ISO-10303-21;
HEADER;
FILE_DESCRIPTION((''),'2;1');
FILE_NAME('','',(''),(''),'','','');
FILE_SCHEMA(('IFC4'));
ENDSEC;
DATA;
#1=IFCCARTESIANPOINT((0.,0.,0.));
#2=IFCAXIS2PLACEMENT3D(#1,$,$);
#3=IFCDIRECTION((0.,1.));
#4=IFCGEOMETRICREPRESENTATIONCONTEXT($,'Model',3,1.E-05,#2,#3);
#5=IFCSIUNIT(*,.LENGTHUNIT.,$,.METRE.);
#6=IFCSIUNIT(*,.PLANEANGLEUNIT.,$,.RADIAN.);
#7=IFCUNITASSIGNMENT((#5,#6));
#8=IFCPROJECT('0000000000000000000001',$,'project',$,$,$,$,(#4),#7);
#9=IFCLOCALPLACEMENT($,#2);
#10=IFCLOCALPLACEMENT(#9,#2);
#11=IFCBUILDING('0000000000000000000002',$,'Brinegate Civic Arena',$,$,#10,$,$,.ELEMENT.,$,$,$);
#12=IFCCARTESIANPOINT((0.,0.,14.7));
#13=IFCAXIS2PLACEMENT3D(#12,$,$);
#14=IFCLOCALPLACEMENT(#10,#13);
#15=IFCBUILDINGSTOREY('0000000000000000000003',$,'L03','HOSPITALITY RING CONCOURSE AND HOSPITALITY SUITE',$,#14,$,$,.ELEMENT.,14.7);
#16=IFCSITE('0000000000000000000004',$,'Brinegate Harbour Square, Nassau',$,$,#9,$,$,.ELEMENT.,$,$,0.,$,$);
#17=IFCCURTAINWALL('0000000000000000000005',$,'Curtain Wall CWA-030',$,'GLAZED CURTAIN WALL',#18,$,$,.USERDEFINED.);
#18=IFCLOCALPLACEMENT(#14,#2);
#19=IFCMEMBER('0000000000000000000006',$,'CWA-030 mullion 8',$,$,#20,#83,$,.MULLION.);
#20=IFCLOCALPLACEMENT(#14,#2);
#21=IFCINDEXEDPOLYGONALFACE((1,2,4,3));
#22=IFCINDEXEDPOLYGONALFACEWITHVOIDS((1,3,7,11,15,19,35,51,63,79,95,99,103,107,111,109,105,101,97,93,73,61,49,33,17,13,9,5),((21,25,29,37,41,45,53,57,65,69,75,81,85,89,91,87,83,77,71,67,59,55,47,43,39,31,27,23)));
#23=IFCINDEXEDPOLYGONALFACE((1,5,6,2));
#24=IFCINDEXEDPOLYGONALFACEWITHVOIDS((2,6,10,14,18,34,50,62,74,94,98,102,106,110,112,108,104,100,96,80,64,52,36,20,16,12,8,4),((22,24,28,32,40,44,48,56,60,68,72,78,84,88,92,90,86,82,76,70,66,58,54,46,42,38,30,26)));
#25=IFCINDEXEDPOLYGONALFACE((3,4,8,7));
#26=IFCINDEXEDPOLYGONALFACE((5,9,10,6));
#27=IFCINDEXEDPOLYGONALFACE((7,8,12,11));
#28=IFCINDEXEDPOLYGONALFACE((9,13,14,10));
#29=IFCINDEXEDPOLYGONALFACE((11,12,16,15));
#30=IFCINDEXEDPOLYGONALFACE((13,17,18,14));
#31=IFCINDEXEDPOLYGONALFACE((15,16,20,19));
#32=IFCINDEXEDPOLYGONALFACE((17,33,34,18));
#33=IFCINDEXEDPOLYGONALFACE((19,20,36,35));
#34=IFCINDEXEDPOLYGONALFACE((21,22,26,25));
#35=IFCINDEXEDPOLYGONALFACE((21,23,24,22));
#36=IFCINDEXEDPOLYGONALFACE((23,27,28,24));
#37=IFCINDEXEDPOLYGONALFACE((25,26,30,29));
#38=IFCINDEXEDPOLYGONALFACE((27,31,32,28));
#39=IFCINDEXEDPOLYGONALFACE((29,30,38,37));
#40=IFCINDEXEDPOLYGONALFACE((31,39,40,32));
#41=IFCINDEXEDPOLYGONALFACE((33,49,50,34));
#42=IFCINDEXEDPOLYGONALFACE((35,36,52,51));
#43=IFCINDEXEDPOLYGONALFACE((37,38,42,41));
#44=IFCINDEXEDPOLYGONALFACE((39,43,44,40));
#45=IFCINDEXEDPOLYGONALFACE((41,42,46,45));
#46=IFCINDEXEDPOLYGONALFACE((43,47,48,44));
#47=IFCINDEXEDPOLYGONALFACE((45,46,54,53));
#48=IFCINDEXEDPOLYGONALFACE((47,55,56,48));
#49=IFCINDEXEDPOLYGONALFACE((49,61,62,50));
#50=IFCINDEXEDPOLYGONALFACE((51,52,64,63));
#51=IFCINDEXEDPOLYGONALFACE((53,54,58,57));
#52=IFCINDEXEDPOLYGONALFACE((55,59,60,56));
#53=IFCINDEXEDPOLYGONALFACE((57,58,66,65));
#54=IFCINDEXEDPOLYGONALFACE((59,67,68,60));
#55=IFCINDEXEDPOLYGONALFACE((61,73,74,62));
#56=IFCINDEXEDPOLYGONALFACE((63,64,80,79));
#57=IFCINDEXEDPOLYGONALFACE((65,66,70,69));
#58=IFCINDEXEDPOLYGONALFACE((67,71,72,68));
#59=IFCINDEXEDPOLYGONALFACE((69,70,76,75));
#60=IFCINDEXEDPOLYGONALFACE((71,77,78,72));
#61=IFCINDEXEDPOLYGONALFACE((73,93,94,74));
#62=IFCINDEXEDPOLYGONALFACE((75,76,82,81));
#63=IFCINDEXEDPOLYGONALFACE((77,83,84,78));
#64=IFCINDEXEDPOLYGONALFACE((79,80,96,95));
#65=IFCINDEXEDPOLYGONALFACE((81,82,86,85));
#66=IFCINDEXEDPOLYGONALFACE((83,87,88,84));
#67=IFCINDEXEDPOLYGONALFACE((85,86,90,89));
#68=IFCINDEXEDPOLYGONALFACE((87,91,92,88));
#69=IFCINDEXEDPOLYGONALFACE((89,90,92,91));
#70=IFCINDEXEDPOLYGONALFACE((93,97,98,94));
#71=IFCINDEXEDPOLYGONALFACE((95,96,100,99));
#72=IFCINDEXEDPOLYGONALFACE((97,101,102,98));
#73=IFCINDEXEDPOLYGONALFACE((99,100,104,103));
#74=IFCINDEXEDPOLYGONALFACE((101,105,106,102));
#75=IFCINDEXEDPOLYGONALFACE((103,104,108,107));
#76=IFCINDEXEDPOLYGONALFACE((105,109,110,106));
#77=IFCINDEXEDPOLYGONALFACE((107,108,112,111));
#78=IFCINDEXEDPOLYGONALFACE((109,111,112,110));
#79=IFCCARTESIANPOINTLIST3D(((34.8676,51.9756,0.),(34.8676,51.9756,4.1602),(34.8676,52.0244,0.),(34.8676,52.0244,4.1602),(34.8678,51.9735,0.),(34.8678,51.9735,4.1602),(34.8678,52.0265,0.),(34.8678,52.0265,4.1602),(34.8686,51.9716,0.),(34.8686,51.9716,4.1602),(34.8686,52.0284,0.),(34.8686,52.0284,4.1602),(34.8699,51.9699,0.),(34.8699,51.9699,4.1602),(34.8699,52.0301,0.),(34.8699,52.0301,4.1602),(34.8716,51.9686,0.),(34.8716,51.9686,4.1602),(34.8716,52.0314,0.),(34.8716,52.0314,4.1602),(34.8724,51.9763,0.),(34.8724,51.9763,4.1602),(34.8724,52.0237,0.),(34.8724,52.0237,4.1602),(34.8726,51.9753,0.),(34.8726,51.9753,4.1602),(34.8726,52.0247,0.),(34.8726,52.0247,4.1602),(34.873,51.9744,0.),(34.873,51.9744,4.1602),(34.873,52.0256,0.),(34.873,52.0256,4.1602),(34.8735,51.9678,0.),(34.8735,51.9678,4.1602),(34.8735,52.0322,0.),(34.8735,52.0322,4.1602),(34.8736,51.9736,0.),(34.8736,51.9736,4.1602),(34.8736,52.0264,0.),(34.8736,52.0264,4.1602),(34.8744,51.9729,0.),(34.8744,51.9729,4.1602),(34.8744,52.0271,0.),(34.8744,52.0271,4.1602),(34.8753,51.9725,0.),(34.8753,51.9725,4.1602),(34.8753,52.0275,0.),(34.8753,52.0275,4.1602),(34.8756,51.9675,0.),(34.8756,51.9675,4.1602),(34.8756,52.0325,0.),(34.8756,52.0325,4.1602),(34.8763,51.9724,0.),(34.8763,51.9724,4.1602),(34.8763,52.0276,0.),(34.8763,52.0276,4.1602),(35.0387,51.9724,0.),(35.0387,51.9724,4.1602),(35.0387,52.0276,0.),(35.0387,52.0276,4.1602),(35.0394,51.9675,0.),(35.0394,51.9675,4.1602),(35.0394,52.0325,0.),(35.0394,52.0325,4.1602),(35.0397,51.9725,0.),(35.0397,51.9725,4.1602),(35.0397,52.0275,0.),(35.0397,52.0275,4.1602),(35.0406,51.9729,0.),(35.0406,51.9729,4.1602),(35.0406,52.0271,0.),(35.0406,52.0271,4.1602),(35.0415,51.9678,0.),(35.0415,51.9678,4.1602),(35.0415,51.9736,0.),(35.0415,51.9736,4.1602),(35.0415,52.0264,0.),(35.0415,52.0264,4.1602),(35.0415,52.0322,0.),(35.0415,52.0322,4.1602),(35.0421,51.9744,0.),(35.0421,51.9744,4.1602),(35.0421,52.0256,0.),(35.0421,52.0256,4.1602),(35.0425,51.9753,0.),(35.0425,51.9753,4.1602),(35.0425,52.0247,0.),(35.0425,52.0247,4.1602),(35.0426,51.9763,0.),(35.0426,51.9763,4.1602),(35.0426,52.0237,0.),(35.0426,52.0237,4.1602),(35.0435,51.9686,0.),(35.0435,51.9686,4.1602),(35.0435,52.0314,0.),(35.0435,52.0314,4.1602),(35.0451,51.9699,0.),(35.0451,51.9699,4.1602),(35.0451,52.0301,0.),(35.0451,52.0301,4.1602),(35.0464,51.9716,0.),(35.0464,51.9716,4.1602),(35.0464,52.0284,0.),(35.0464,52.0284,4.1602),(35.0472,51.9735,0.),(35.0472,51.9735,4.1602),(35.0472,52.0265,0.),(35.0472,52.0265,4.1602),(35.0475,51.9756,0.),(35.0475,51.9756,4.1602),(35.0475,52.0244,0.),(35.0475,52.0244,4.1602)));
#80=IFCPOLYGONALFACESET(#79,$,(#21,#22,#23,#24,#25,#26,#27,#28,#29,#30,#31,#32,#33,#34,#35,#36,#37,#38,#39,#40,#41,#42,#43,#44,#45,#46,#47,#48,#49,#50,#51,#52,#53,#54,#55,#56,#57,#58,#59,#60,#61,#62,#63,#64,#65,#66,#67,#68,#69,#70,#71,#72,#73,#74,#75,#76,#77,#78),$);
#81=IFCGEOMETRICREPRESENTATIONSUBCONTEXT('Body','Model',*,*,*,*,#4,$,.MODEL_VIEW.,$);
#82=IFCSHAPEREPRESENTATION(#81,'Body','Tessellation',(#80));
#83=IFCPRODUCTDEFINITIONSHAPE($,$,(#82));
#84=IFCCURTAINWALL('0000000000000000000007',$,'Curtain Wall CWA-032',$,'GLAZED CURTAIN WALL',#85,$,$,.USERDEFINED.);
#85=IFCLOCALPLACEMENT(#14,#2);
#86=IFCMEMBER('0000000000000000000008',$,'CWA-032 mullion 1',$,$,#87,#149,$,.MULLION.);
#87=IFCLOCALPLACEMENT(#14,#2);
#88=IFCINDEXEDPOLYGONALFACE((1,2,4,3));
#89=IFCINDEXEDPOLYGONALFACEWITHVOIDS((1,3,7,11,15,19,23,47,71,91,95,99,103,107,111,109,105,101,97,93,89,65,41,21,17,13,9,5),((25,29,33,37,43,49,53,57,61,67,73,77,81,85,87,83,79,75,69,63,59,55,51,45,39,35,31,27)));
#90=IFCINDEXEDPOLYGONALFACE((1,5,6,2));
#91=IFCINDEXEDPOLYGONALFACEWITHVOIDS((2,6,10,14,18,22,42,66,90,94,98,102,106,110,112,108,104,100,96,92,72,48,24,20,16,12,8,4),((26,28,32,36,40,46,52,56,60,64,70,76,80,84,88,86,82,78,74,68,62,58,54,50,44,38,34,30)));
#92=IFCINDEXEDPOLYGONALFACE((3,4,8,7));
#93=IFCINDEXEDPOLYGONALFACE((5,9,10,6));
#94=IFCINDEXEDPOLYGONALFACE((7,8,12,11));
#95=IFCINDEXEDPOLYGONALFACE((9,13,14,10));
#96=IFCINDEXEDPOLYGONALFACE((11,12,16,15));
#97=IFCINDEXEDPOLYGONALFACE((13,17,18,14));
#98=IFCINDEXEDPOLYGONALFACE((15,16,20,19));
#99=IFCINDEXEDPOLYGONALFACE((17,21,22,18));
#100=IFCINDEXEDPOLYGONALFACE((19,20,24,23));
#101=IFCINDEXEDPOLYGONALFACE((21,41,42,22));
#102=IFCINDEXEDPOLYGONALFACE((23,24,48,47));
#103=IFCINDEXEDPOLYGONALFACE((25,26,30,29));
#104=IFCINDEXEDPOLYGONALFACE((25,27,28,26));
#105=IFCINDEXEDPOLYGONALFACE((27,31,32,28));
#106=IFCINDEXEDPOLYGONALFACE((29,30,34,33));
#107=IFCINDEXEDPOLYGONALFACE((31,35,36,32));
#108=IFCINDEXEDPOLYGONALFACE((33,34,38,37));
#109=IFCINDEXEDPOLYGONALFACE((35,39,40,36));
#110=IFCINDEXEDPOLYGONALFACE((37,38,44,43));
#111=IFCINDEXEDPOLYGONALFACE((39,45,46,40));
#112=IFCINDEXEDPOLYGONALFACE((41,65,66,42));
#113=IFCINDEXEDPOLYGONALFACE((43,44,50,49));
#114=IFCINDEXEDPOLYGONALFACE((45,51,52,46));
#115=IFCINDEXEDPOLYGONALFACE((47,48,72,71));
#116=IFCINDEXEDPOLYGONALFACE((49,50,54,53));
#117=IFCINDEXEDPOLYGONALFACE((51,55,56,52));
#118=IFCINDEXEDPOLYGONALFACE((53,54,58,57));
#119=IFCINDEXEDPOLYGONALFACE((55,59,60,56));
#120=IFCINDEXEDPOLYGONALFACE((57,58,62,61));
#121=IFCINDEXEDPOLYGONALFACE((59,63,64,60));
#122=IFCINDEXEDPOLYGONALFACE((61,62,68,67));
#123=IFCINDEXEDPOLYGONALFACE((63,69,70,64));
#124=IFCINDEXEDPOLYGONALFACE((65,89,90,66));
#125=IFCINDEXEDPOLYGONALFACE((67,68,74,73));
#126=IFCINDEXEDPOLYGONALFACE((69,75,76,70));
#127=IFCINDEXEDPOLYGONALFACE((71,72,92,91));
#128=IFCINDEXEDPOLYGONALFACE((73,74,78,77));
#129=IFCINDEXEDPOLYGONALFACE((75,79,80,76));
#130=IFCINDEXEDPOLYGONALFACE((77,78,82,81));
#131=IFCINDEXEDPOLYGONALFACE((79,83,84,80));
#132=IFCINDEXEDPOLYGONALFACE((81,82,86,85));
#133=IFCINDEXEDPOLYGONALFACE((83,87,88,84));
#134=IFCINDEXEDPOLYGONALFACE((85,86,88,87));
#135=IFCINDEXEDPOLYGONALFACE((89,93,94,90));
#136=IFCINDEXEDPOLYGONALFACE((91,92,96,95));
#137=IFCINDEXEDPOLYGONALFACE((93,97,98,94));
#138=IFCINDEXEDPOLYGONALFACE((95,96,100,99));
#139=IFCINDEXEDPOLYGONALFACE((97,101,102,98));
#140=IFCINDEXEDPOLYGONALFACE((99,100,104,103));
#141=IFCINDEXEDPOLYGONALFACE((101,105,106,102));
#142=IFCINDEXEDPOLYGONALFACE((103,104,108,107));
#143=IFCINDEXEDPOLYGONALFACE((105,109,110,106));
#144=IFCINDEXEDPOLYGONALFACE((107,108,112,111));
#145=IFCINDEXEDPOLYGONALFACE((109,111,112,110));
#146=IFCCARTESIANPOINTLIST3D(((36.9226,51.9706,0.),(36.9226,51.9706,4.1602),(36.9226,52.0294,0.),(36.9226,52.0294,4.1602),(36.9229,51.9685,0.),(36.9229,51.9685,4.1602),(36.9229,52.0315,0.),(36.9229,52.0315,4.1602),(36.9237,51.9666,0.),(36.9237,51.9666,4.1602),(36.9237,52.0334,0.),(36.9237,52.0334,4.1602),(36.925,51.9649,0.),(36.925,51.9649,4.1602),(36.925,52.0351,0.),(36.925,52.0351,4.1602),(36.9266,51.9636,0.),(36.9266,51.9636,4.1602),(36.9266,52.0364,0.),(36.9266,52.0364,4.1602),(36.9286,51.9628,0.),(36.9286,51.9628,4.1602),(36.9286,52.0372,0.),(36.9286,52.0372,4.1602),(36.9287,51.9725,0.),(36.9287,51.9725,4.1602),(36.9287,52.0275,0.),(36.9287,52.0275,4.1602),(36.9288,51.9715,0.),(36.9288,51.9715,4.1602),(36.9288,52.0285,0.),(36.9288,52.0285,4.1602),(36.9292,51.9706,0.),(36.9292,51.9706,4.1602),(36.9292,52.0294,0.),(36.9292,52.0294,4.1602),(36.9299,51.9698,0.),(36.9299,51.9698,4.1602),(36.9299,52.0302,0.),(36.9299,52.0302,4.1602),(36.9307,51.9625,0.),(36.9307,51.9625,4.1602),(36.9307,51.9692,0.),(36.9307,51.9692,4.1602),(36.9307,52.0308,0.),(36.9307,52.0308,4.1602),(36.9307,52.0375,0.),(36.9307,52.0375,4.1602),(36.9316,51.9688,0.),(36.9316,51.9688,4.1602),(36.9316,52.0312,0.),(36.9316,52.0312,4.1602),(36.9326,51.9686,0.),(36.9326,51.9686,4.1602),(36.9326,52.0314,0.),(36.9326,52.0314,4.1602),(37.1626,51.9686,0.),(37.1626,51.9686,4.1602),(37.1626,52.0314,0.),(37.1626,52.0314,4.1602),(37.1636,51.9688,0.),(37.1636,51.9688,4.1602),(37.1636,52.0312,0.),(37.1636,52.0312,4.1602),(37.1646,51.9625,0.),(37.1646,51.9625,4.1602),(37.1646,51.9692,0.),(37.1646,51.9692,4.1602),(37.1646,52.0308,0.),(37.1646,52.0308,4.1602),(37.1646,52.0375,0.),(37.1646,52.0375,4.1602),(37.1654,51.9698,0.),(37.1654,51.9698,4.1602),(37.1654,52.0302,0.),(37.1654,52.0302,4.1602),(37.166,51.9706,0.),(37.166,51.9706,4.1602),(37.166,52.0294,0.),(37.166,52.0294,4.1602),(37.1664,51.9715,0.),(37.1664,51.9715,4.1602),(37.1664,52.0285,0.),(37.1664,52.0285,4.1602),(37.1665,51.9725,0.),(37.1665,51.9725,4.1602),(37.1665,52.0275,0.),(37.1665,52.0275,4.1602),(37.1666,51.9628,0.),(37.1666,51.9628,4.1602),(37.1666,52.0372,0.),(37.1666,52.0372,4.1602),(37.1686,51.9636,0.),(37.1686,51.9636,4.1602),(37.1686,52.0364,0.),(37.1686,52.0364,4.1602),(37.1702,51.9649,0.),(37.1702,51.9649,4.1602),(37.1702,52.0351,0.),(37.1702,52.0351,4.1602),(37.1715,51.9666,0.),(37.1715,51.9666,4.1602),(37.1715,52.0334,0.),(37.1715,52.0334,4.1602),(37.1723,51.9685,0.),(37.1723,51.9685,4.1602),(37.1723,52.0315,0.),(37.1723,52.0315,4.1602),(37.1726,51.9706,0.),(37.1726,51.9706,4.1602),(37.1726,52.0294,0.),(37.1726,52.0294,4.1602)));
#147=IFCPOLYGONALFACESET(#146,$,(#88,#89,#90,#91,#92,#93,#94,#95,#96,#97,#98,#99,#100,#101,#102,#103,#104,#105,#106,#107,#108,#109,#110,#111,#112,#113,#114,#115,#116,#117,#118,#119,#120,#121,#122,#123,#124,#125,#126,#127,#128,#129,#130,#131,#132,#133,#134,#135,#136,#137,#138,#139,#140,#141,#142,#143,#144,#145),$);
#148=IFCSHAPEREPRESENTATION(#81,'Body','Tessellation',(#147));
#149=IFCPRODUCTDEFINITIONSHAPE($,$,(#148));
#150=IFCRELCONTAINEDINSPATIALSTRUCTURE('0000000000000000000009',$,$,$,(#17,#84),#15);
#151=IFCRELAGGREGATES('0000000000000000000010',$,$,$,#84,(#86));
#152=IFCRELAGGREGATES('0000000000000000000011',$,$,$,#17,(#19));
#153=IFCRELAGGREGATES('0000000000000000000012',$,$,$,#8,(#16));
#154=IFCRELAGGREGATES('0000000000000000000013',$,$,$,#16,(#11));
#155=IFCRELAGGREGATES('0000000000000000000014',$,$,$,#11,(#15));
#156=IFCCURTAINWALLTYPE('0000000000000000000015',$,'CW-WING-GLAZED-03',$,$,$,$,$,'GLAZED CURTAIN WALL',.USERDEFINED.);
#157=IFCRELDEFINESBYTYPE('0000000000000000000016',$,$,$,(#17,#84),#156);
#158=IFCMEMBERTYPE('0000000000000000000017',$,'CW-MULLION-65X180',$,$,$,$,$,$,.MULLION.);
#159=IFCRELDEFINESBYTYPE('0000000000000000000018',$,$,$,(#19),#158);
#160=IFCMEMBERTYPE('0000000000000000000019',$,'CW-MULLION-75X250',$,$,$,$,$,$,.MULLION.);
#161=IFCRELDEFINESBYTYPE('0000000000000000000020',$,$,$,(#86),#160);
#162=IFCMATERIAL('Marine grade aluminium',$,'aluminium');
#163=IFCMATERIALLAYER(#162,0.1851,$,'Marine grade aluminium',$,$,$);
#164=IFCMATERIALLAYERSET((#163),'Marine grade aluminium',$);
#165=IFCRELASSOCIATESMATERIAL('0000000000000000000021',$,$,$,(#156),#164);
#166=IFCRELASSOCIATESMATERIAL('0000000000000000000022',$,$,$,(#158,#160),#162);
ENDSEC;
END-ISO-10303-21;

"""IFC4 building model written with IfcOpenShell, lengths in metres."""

from ifc_helpers import new_model, si_unit, direction, frame, origin, origin_2d, place, context, subcontext, project, spatial, hollow_rectangle, extrude, material, layer, layer_set, material_profile, profile_set, type_object, element, aggregate, save


model = new_model("IFC4")

# Units and contexts
model_context = context("Model", 3, precision=1e-05, world=origin(), true_north=direction((0.0, 1.0)))
body_context = subcontext(model_context, "Body", "Model", "MODEL_VIEW")
ifc_project = project(units=[si_unit("LENGTHUNIT", "METRE"), si_unit("PLANEANGLEUNIT", "RADIAN")], contexts=[model_context])

# Site, building, storey
site_placement = place(None, origin())
site = spatial("IfcSite", under=ifc_project, at=site_placement, Name="Brinegate Harbour Square, Nassau", CompositionType="ELEMENT", RefElevation=0.0)
building_placement = place(site_placement, origin())
building = spatial("IfcBuilding", under=site, at=building_placement, Name="Brinegate Civic Arena", CompositionType="ELEMENT")
storey_placement = place(building_placement, frame((0.0, 0.0, 14.7)))
storey = spatial("IfcBuildingStorey", under=building, at=storey_placement, Name="L03", Description="HOSPITALITY RING CONCOURSE AND HOSPITALITY SUITE", CompositionType="ELEMENT", Elevation=14.7)

# Curtain wall, member
ifc_material_1 = material(Name="Marine grade aluminium", Category="aluminium")
ifc_layer_1 = layer(ifc_material_1, 0.1851, Name="Marine grade aluminium")
ifc_layer_set_1 = layer_set([ifc_layer_1], Name="Marine grade aluminium")
curtain_wall_type = type_object("IfcCurtainWallType", Name="CW-WING-GLAZED-03", ElementType="GLAZED CURTAIN WALL", PredefinedType="USERDEFINED", material=ifc_layer_set_1)
curtain_wall_1_placement = place(storey_placement, origin())
curtain_wall_1 = element("IfcCurtainWall", 1, at=curtain_wall_1_placement, inside=storey, type_object=curtain_wall_type, Name="Curtain Wall CWA-030", ObjectType="GLAZED CURTAIN WALL", PredefinedType="USERDEFINED")
ifc_material_profile_1 = material_profile(ifc_material_1, hollow_rectangle(XDim=0.0649, YDim=0.1799, WallThickness=0.0049, InnerFilletRadius=0.0039, OuterFilletRadius=0.0081, at=origin_2d()), Name="MUL65X180")
ifc_profile_set_1 = profile_set([ifc_material_profile_1], Name="Marine grade aluminium")
member_type_1 = type_object("IfcMemberType", Name="CW-MULLION-65X180", PredefinedType="MULLION", material=ifc_profile_set_1)
member_1_placement = place(storey_placement, frame((34.9575, 52.0, 0.0), z_axis=(0.0, 0.0, 1.0), x_axis=(0.0, 1.0, 0.0)))
member_1 = element("IfcMember", 2, at=member_1_placement, type_object=member_type_1, Name="CWA-030 mullion 8", PredefinedType="MULLION", context=body_context, shape_type="SweptSolid", body=[
    extrude(hollow_rectangle(XDim=0.0649, YDim=0.1799, WallThickness=0.0049, InnerFilletRadius=0.0039, OuterFilletRadius=0.0081, at=origin_2d()), origin(), (0.0, 0.0, 1.0), 4.1602),
])

# Curtain wall, member
curtain_wall_2_placement = place(storey_placement, origin())
curtain_wall_2 = element("IfcCurtainWall", 3, at=curtain_wall_2_placement, inside=storey, type_object=curtain_wall_type, Name="Curtain Wall CWA-032", ObjectType="GLAZED CURTAIN WALL", PredefinedType="USERDEFINED")
ifc_material_profile_2 = material_profile(ifc_material_1, hollow_rectangle(XDim=0.075, YDim=0.25, WallThickness=0.0061, InnerFilletRadius=0.0039, OuterFilletRadius=0.0081, at=origin_2d()), Name="MUL75X250")
ifc_profile_set_2 = profile_set([ifc_material_profile_2], Name="Marine grade aluminium")
member_type_2 = type_object("IfcMemberType", Name="CW-MULLION-75X250", PredefinedType="MULLION", material=ifc_profile_set_2)
member_2_placement = place(storey_placement, frame((37.0476, 52.0, 0.0), z_axis=(0.0, 0.0, 1.0), x_axis=(0.0, 1.0, 0.0)))
member_2 = element("IfcMember", 4, at=member_2_placement, type_object=member_type_2, Name="CWA-032 mullion 1", PredefinedType="MULLION", context=body_context, shape_type="SweptSolid", body=[
    extrude(hollow_rectangle(XDim=0.075, YDim=0.25, WallThickness=0.0061, InnerFilletRadius=0.0039, OuterFilletRadius=0.0081, at=origin_2d()), origin(), (0.0, 0.0, 1.0), 4.1602),
])

aggregate(curtain_wall_2, [member_2])

aggregate(curtain_wall_1, [member_1])

save(model, "model.ifc")
